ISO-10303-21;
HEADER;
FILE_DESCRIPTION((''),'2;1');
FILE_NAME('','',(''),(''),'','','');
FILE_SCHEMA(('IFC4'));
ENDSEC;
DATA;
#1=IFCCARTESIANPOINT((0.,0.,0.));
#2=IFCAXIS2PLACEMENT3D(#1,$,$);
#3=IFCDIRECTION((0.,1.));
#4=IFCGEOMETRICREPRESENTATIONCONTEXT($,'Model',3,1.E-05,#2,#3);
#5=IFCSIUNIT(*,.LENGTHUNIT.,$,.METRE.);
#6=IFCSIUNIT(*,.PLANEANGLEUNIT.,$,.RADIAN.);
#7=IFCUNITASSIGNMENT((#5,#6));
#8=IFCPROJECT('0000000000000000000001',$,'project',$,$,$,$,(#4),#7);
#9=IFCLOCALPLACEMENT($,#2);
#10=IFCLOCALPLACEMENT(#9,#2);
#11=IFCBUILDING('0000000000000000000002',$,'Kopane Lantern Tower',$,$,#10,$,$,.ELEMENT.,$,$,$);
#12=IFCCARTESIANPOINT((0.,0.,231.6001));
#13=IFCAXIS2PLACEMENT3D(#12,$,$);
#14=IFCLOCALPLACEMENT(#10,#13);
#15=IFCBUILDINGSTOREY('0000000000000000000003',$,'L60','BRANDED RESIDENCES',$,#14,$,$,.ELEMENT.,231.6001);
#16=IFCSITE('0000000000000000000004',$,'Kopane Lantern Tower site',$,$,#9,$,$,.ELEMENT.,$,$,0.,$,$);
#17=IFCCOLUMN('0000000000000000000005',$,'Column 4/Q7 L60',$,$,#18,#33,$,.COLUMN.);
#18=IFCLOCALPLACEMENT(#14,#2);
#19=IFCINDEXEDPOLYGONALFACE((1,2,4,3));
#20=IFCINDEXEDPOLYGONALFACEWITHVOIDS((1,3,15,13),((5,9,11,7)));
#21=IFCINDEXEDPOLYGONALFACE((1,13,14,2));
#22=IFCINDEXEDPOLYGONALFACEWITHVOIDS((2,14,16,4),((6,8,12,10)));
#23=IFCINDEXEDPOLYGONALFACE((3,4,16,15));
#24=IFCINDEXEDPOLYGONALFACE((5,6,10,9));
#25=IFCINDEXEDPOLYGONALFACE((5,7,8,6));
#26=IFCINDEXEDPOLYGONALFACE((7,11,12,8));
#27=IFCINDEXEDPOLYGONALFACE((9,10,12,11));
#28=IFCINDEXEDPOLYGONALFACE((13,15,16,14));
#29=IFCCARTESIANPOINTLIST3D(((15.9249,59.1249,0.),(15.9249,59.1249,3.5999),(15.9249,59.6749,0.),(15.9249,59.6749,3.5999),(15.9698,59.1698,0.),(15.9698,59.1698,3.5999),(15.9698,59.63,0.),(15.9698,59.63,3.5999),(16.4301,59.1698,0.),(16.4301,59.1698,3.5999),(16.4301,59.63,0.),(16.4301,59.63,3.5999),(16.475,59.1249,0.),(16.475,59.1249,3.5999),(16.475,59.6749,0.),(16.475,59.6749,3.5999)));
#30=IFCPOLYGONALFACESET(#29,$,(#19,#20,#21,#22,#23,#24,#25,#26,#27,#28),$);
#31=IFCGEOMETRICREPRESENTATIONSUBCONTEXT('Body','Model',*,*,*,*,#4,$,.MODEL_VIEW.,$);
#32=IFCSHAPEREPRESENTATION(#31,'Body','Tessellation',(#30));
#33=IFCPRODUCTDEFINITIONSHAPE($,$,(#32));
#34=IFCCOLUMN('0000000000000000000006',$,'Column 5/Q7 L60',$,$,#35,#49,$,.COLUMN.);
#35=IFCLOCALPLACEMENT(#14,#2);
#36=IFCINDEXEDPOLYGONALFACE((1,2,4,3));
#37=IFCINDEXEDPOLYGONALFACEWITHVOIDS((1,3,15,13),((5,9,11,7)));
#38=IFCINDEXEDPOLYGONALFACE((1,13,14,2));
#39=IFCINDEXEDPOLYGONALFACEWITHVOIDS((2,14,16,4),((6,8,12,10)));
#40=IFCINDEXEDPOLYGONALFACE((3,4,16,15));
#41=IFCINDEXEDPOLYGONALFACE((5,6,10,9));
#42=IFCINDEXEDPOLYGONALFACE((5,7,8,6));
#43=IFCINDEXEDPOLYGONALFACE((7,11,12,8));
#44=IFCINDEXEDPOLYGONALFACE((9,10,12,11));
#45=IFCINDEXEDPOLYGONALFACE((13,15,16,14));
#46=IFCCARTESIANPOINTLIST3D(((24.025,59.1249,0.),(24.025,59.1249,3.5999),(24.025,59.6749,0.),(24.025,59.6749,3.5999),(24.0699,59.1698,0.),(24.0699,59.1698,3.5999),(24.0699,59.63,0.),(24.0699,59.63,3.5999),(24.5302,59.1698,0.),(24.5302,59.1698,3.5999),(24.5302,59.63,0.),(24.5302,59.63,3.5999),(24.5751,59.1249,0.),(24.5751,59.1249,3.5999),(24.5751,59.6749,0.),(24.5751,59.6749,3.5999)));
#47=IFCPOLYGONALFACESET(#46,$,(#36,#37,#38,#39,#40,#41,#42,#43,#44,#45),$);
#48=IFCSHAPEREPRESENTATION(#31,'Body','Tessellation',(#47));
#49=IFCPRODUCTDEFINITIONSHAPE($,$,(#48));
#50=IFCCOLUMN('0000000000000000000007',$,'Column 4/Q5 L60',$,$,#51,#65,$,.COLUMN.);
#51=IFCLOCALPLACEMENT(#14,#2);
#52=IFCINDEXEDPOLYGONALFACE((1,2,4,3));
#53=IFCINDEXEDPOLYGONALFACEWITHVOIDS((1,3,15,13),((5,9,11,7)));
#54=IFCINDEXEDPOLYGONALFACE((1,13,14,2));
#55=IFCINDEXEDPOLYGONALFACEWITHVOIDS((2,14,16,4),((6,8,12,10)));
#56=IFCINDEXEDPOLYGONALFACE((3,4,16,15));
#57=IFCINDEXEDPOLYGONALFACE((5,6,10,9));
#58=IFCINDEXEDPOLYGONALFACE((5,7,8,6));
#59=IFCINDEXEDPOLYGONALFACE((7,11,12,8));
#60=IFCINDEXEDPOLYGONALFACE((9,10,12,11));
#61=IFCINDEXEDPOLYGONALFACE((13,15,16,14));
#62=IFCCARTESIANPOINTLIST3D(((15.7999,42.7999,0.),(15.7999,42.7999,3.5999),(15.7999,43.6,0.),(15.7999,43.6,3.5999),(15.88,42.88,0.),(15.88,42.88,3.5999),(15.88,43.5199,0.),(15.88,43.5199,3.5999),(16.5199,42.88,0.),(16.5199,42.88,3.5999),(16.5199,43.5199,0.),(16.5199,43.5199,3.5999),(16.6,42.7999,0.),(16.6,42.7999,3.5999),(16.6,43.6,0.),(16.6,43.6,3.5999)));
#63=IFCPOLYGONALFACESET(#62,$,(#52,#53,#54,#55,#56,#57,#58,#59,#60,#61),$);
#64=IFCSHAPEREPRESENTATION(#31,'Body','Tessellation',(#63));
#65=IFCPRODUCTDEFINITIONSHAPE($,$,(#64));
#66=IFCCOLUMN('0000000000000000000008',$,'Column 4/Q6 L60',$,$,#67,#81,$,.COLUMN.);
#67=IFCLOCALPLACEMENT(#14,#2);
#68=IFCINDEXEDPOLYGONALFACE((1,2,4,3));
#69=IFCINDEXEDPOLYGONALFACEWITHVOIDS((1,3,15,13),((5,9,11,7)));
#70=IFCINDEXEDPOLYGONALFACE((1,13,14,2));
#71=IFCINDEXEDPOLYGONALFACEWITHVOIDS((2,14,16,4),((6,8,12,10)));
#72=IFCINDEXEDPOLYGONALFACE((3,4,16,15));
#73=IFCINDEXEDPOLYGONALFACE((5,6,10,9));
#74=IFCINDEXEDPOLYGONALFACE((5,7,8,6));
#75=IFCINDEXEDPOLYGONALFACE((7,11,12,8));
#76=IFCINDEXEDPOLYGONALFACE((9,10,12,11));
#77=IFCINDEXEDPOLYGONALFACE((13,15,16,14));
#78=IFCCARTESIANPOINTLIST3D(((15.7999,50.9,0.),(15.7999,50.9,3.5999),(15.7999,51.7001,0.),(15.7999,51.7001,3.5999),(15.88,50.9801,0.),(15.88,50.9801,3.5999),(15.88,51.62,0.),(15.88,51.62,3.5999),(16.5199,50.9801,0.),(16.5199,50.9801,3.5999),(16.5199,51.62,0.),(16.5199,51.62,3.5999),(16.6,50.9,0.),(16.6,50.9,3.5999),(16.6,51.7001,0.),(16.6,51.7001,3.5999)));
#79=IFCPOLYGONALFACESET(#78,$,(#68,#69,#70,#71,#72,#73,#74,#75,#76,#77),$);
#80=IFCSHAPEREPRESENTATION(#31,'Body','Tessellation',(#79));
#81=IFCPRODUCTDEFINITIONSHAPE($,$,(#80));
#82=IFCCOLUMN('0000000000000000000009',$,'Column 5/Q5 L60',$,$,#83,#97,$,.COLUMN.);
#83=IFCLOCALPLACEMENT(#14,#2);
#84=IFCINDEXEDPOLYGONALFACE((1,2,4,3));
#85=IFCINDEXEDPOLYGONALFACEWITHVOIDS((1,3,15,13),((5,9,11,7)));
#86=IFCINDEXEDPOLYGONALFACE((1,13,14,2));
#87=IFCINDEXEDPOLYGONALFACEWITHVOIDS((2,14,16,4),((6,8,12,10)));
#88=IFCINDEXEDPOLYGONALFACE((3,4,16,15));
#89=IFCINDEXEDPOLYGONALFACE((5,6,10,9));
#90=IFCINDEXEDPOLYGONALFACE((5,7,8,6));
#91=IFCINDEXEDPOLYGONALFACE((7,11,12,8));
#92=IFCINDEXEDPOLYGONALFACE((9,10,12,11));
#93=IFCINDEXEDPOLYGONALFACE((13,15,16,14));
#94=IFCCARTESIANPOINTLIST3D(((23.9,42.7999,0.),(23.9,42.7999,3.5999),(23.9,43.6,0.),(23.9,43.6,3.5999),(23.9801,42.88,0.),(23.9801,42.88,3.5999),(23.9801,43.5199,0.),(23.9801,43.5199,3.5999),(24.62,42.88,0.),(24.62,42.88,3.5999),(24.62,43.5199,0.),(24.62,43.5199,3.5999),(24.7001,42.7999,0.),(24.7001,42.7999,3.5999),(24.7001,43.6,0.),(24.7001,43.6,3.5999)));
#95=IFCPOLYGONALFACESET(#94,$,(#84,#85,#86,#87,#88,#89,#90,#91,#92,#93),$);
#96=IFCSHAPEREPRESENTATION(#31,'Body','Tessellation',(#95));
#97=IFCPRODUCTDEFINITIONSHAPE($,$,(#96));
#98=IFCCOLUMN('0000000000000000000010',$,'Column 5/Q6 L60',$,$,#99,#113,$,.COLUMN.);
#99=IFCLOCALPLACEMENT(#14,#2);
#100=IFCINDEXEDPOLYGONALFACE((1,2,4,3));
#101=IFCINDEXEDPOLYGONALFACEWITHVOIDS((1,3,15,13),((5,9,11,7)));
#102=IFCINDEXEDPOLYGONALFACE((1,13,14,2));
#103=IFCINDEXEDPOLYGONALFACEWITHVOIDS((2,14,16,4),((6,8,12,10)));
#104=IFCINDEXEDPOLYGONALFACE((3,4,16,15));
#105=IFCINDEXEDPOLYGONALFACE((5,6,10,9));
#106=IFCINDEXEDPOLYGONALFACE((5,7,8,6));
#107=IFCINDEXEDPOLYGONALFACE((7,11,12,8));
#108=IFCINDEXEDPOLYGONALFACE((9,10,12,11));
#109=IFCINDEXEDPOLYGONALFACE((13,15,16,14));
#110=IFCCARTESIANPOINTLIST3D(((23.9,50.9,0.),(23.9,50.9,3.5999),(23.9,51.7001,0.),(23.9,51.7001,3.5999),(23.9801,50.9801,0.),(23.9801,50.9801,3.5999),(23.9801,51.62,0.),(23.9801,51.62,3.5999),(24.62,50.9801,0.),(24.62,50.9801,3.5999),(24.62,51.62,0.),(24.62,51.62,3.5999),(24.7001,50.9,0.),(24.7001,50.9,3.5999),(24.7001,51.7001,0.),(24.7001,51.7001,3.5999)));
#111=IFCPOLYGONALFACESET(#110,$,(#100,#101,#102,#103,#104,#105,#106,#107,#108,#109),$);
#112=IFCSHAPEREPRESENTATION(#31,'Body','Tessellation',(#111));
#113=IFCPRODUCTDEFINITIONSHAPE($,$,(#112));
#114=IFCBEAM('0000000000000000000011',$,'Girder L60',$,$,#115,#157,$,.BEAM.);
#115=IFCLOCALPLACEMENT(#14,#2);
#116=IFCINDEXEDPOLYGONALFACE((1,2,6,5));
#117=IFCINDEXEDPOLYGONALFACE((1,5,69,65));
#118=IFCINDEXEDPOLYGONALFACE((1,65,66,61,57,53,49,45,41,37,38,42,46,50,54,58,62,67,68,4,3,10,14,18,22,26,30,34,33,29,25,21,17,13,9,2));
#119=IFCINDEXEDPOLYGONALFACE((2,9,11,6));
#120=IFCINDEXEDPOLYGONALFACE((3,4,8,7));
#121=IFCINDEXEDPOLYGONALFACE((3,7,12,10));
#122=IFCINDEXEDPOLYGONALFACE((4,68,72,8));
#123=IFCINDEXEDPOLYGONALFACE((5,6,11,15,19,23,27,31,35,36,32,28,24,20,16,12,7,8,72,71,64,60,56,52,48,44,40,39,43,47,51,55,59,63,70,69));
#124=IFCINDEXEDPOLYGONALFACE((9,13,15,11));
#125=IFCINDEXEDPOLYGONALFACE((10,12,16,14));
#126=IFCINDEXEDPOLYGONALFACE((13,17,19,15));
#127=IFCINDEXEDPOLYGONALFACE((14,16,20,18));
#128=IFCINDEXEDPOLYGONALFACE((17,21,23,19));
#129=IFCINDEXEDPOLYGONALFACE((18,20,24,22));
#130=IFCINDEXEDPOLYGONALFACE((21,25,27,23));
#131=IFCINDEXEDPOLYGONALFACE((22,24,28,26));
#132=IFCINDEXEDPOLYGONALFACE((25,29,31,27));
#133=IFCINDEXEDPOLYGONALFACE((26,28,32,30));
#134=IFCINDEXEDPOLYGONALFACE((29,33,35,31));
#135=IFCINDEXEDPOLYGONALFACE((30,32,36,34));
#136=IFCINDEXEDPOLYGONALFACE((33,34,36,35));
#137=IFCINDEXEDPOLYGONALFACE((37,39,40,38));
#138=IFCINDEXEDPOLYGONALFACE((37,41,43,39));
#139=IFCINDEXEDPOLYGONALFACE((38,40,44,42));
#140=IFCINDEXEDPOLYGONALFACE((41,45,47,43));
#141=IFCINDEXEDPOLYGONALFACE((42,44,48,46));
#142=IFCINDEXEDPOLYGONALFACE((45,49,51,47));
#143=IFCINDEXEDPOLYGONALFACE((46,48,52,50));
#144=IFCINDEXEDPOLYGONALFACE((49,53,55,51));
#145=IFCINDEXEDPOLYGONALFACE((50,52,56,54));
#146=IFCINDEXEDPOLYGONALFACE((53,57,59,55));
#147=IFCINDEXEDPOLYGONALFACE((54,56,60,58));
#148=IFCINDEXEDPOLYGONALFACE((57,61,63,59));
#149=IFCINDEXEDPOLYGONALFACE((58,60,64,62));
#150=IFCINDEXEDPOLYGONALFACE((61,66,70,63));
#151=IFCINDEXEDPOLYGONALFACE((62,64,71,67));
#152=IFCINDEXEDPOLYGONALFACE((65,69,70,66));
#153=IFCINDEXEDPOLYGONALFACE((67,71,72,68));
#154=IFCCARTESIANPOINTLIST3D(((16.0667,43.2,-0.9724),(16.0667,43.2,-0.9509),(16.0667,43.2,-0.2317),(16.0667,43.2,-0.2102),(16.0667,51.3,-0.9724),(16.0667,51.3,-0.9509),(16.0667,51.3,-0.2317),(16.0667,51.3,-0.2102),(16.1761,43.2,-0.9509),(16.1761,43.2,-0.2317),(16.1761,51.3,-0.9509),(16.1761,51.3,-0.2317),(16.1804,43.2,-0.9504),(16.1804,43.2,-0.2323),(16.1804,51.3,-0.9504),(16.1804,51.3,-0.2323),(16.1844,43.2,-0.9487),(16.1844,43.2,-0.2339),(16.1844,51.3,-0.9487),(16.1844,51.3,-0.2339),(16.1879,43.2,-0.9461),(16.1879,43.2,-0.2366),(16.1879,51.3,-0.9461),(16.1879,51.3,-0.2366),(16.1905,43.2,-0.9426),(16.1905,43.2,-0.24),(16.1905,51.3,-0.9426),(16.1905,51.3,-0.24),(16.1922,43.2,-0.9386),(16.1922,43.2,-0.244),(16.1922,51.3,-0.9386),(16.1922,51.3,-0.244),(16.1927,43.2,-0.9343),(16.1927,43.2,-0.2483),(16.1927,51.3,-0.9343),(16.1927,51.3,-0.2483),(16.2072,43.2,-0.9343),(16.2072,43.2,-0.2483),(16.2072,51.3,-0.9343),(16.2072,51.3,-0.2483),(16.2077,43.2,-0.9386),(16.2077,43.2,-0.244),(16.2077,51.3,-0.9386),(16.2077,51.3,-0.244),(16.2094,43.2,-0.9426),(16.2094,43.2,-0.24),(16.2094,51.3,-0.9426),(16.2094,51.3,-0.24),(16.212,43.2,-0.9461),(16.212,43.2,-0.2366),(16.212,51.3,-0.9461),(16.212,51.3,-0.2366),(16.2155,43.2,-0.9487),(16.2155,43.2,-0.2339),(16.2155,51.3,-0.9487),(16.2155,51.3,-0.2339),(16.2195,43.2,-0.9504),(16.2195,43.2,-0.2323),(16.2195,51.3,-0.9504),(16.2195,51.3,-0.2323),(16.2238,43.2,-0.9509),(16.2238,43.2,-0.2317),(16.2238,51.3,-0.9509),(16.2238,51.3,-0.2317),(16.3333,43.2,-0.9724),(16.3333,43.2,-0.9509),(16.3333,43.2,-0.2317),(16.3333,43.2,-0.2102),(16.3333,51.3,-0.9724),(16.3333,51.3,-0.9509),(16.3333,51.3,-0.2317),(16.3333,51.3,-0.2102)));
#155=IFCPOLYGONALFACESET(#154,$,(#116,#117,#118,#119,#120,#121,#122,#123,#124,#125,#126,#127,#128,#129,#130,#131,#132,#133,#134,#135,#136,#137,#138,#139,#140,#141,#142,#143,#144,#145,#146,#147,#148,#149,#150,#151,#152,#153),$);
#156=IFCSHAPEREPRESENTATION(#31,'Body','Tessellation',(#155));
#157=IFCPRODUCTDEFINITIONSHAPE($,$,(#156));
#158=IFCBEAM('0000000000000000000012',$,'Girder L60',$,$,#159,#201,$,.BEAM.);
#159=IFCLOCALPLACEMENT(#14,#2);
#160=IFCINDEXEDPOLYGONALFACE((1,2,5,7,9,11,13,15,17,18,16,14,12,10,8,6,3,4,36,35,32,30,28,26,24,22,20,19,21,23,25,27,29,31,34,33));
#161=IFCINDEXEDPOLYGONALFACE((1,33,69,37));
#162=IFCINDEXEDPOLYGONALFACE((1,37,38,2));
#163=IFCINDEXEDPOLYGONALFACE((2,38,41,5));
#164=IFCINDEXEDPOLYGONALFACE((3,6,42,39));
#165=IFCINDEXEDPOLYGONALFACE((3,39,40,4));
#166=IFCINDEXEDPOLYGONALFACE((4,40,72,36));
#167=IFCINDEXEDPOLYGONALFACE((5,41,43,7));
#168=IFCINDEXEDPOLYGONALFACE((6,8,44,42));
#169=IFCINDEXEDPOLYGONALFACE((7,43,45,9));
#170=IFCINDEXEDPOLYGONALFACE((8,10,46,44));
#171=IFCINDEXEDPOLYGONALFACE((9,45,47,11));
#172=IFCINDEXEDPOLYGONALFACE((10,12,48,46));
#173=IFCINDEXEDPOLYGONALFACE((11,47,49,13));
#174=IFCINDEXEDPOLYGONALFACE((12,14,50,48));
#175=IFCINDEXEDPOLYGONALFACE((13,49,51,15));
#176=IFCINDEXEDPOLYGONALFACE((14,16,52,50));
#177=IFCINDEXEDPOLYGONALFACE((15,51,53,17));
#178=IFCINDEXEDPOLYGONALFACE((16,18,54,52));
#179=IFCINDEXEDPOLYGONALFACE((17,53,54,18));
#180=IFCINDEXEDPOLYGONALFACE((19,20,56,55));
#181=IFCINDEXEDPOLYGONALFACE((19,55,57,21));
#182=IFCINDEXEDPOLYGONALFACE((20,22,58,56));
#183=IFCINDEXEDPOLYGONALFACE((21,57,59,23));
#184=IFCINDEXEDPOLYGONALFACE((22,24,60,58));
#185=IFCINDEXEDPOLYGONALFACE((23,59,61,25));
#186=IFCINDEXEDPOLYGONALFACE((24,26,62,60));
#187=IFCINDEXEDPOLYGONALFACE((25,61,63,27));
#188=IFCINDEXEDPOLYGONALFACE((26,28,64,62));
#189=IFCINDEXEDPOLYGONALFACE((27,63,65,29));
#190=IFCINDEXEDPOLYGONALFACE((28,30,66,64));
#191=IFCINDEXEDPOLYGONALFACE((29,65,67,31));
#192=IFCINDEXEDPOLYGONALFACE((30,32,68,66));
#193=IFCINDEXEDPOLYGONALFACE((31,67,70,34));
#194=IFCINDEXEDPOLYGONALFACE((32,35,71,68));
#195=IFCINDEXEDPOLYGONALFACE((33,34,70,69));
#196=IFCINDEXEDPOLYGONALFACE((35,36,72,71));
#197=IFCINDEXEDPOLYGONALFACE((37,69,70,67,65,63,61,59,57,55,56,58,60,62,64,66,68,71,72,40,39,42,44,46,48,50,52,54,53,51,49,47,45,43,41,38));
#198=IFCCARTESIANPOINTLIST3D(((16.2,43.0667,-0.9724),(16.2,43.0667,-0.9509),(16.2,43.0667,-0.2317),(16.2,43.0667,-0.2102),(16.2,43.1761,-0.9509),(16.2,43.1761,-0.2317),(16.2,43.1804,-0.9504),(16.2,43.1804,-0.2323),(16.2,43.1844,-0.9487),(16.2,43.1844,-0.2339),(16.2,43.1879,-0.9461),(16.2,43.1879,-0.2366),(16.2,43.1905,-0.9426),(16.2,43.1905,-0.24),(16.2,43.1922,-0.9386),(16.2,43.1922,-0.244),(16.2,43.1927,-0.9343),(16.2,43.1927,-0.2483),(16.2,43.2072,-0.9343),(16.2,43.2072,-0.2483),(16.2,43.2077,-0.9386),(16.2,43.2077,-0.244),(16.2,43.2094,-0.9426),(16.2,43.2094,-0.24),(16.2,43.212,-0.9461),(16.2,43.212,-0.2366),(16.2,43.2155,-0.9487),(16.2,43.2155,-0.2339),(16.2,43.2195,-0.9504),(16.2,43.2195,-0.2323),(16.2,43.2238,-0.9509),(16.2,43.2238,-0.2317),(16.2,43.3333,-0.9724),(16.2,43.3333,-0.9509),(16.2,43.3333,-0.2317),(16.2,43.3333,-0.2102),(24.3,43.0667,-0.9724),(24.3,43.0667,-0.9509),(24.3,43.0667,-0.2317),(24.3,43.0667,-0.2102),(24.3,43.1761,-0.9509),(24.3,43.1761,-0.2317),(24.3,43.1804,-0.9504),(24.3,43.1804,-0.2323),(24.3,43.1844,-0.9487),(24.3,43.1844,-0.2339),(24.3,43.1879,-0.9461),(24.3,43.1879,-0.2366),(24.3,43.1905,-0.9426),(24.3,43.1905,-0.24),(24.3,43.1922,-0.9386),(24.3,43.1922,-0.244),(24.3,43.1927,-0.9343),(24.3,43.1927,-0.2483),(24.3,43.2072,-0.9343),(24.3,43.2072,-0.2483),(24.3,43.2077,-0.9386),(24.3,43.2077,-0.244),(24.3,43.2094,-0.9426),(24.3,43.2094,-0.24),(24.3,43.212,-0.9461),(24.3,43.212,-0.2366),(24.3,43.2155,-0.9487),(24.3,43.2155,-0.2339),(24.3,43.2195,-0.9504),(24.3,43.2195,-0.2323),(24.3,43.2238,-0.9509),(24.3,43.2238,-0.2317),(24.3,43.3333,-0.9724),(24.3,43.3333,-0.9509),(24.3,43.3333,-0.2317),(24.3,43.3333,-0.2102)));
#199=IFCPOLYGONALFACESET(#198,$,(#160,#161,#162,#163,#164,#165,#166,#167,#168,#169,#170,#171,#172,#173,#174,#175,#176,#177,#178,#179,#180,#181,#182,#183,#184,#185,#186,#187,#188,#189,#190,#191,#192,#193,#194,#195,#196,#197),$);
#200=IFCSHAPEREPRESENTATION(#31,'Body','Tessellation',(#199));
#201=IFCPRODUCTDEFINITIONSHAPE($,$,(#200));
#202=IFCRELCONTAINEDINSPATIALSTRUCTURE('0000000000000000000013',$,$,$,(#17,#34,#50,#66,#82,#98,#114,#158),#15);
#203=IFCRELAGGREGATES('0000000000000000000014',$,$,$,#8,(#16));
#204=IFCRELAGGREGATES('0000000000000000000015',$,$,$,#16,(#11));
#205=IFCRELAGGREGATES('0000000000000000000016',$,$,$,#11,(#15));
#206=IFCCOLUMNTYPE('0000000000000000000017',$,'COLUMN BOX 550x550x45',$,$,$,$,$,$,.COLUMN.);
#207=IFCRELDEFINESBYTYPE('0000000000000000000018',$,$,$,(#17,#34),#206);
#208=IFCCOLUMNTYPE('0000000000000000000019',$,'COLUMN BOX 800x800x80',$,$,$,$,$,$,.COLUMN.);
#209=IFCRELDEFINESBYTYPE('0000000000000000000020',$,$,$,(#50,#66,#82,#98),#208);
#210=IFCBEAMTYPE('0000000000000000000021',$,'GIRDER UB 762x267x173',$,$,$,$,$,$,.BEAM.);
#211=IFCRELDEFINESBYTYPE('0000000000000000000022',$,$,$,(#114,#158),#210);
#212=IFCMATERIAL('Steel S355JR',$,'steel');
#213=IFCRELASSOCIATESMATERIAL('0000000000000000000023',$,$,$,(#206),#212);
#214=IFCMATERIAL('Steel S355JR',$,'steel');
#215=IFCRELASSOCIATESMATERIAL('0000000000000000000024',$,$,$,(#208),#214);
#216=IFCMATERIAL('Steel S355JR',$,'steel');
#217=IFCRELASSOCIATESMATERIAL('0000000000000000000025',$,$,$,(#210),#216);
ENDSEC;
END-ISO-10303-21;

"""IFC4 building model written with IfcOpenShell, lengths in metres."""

from ifc_helpers import new_model, si_unit, direction, frame, origin, origin_2d, place, context, subcontext, project, spatial, hollow_rectangle, i_section, extrude, material, material_profile, profile_set, type_object, element, save


model = new_model("IFC4")

# Units and contexts
model_context = context("Model", 3, precision=1e-05, world=origin(), true_north=direction((0.0, 1.0)))
body_context = subcontext(model_context, "Body", "Model", "MODEL_VIEW")
ifc_project = project(units=[si_unit("LENGTHUNIT", "METRE"), si_unit("PLANEANGLEUNIT", "RADIAN")], contexts=[model_context])

# Site, building, storey
site_placement = place(None, origin())
site = spatial("IfcSite", under=ifc_project, at=site_placement, Name="Kopane Lantern Tower site", CompositionType="ELEMENT", RefElevation=0.0)
building_placement = place(site_placement, origin())
building = spatial("IfcBuilding", under=site, at=building_placement, Name="Kopane Lantern Tower", CompositionType="ELEMENT")
storey_placement = place(building_placement, frame((0.0, 0.0, 231.6001)))
storey = spatial("IfcBuildingStorey", under=building, at=storey_placement, Name="L60", Description="BRANDED RESIDENCES", CompositionType="ELEMENT", Elevation=231.6001)

# Columns
ifc_material_1 = material(Name="Steel S355JR", Category="steel")
ifc_material_profile_1 = material_profile(ifc_material_1, hollow_rectangle(XDim=0.55, YDim=0.55, WallThickness=0.0449, at=origin_2d()), Name="BOX 550x550x45")
ifc_profile_set_1 = profile_set([ifc_material_profile_1], Name="Steel S355JR")
column_type_1 = type_object("IfcColumnType", Name="COLUMN BOX 550x550x45", PredefinedType="COLUMN", material=ifc_profile_set_1)
for number, where, z_axis, x_axis, name in (
    (1, (16.2, 59.3999, 0.0), (0.0, 0.0, 1.0), (1.0, 0.0, 0.0), "Column 4/Q7 L60"),
    (2, (24.3, 59.3999, 0.0), (0.0, 0.0, 1.0), (1.0, 0.0, 0.0), "Column 5/Q7 L60"),
):
    element("IfcColumn", number, at=place(storey_placement, frame(where, z_axis=z_axis, x_axis=x_axis)), inside=storey, type_object=column_type_1, Name=name, PredefinedType="COLUMN", context=body_context, shape_type="SweptSolid", body=[
        extrude(hollow_rectangle(XDim=0.55, YDim=0.55, WallThickness=0.0449, at=origin_2d()), origin(), (0.0, 0.0, 1.0), 3.5999),
    ])
ifc_material_2 = material(Name="Steel S355JR", Category="steel")
ifc_material_profile_2 = material_profile(ifc_material_2, hollow_rectangle(XDim=0.8, YDim=0.8, WallThickness=0.0801, at=origin_2d()), Name="BOX 800x800x80")
ifc_profile_set_2 = profile_set([ifc_material_profile_2], Name="Steel S355JR")
column_type_2 = type_object("IfcColumnType", Name="COLUMN BOX 800x800x80", PredefinedType="COLUMN", material=ifc_profile_set_2)
for number, where, z_axis, x_axis, name in (
    (3, (16.2, 43.2, 0.0), (0.0, 0.0, 1.0), (1.0, 0.0, 0.0), "Column 4/Q5 L60"),
    (4, (16.2, 51.3, 0.0), (0.0, 0.0, 1.0), (1.0, 0.0, 0.0), "Column 4/Q6 L60"),
    (5, (24.3, 43.2, 0.0), (0.0, 0.0, 1.0), (1.0, 0.0, 0.0), "Column 5/Q5 L60"),
    (6, (24.3, 51.3, 0.0), (0.0, 0.0, 1.0), (1.0, 0.0, 0.0), "Column 5/Q6 L60"),
):
    element("IfcColumn", number, at=place(storey_placement, frame(where, z_axis=z_axis, x_axis=x_axis)), inside=storey, type_object=column_type_2, Name=name, PredefinedType="COLUMN", context=body_context, shape_type="SweptSolid", body=[
        extrude(hollow_rectangle(XDim=0.8, YDim=0.8, WallThickness=0.0801, at=origin_2d()), origin(), (0.0, 0.0, 1.0), 3.5999),
    ])

# Beams
ifc_material_3 = material(Name="Steel S355JR", Category="steel")
ifc_material_profile_3 = material_profile(ifc_material_3, i_section(OverallWidth=0.2666, OverallDepth=0.7622, WebThickness=0.0144, FlangeThickness=0.0215, FilletRadius=0.0166, at=origin_2d()), Name="UB 762x267x173")
ifc_profile_set_3 = profile_set([ifc_material_profile_3], Name="Steel S355JR")
beam_type = type_object("IfcBeamType", Name="GIRDER UB 762x267x173", PredefinedType="BEAM", material=ifc_profile_set_3)
for number, where, z_axis, x_axis, name in (
    (7, (16.2, 43.2, -0.5913), (0.0, 1.0, 0.0), (-1.0, 0.0, 0.0), "Girder L60"),
    (8, (16.2, 43.2, -0.5913), (1.0, 0.0, 0.0), (0.0, 1.0, 0.0), "Girder L60"),
):
    element("IfcBeam", number, at=place(storey_placement, frame(where, z_axis=z_axis, x_axis=x_axis)), inside=storey, type_object=beam_type, Name=name, PredefinedType="BEAM", context=body_context, shape_type="SweptSolid", body=[
        extrude(i_section(OverallWidth=0.2666, OverallDepth=0.7622, WebThickness=0.0144, FlangeThickness=0.0215, FilletRadius=0.0166, at=origin_2d()), origin(), (0.0, 0.0, 1.0), 8.1001),
    ])

save(model, "model.ifc")
